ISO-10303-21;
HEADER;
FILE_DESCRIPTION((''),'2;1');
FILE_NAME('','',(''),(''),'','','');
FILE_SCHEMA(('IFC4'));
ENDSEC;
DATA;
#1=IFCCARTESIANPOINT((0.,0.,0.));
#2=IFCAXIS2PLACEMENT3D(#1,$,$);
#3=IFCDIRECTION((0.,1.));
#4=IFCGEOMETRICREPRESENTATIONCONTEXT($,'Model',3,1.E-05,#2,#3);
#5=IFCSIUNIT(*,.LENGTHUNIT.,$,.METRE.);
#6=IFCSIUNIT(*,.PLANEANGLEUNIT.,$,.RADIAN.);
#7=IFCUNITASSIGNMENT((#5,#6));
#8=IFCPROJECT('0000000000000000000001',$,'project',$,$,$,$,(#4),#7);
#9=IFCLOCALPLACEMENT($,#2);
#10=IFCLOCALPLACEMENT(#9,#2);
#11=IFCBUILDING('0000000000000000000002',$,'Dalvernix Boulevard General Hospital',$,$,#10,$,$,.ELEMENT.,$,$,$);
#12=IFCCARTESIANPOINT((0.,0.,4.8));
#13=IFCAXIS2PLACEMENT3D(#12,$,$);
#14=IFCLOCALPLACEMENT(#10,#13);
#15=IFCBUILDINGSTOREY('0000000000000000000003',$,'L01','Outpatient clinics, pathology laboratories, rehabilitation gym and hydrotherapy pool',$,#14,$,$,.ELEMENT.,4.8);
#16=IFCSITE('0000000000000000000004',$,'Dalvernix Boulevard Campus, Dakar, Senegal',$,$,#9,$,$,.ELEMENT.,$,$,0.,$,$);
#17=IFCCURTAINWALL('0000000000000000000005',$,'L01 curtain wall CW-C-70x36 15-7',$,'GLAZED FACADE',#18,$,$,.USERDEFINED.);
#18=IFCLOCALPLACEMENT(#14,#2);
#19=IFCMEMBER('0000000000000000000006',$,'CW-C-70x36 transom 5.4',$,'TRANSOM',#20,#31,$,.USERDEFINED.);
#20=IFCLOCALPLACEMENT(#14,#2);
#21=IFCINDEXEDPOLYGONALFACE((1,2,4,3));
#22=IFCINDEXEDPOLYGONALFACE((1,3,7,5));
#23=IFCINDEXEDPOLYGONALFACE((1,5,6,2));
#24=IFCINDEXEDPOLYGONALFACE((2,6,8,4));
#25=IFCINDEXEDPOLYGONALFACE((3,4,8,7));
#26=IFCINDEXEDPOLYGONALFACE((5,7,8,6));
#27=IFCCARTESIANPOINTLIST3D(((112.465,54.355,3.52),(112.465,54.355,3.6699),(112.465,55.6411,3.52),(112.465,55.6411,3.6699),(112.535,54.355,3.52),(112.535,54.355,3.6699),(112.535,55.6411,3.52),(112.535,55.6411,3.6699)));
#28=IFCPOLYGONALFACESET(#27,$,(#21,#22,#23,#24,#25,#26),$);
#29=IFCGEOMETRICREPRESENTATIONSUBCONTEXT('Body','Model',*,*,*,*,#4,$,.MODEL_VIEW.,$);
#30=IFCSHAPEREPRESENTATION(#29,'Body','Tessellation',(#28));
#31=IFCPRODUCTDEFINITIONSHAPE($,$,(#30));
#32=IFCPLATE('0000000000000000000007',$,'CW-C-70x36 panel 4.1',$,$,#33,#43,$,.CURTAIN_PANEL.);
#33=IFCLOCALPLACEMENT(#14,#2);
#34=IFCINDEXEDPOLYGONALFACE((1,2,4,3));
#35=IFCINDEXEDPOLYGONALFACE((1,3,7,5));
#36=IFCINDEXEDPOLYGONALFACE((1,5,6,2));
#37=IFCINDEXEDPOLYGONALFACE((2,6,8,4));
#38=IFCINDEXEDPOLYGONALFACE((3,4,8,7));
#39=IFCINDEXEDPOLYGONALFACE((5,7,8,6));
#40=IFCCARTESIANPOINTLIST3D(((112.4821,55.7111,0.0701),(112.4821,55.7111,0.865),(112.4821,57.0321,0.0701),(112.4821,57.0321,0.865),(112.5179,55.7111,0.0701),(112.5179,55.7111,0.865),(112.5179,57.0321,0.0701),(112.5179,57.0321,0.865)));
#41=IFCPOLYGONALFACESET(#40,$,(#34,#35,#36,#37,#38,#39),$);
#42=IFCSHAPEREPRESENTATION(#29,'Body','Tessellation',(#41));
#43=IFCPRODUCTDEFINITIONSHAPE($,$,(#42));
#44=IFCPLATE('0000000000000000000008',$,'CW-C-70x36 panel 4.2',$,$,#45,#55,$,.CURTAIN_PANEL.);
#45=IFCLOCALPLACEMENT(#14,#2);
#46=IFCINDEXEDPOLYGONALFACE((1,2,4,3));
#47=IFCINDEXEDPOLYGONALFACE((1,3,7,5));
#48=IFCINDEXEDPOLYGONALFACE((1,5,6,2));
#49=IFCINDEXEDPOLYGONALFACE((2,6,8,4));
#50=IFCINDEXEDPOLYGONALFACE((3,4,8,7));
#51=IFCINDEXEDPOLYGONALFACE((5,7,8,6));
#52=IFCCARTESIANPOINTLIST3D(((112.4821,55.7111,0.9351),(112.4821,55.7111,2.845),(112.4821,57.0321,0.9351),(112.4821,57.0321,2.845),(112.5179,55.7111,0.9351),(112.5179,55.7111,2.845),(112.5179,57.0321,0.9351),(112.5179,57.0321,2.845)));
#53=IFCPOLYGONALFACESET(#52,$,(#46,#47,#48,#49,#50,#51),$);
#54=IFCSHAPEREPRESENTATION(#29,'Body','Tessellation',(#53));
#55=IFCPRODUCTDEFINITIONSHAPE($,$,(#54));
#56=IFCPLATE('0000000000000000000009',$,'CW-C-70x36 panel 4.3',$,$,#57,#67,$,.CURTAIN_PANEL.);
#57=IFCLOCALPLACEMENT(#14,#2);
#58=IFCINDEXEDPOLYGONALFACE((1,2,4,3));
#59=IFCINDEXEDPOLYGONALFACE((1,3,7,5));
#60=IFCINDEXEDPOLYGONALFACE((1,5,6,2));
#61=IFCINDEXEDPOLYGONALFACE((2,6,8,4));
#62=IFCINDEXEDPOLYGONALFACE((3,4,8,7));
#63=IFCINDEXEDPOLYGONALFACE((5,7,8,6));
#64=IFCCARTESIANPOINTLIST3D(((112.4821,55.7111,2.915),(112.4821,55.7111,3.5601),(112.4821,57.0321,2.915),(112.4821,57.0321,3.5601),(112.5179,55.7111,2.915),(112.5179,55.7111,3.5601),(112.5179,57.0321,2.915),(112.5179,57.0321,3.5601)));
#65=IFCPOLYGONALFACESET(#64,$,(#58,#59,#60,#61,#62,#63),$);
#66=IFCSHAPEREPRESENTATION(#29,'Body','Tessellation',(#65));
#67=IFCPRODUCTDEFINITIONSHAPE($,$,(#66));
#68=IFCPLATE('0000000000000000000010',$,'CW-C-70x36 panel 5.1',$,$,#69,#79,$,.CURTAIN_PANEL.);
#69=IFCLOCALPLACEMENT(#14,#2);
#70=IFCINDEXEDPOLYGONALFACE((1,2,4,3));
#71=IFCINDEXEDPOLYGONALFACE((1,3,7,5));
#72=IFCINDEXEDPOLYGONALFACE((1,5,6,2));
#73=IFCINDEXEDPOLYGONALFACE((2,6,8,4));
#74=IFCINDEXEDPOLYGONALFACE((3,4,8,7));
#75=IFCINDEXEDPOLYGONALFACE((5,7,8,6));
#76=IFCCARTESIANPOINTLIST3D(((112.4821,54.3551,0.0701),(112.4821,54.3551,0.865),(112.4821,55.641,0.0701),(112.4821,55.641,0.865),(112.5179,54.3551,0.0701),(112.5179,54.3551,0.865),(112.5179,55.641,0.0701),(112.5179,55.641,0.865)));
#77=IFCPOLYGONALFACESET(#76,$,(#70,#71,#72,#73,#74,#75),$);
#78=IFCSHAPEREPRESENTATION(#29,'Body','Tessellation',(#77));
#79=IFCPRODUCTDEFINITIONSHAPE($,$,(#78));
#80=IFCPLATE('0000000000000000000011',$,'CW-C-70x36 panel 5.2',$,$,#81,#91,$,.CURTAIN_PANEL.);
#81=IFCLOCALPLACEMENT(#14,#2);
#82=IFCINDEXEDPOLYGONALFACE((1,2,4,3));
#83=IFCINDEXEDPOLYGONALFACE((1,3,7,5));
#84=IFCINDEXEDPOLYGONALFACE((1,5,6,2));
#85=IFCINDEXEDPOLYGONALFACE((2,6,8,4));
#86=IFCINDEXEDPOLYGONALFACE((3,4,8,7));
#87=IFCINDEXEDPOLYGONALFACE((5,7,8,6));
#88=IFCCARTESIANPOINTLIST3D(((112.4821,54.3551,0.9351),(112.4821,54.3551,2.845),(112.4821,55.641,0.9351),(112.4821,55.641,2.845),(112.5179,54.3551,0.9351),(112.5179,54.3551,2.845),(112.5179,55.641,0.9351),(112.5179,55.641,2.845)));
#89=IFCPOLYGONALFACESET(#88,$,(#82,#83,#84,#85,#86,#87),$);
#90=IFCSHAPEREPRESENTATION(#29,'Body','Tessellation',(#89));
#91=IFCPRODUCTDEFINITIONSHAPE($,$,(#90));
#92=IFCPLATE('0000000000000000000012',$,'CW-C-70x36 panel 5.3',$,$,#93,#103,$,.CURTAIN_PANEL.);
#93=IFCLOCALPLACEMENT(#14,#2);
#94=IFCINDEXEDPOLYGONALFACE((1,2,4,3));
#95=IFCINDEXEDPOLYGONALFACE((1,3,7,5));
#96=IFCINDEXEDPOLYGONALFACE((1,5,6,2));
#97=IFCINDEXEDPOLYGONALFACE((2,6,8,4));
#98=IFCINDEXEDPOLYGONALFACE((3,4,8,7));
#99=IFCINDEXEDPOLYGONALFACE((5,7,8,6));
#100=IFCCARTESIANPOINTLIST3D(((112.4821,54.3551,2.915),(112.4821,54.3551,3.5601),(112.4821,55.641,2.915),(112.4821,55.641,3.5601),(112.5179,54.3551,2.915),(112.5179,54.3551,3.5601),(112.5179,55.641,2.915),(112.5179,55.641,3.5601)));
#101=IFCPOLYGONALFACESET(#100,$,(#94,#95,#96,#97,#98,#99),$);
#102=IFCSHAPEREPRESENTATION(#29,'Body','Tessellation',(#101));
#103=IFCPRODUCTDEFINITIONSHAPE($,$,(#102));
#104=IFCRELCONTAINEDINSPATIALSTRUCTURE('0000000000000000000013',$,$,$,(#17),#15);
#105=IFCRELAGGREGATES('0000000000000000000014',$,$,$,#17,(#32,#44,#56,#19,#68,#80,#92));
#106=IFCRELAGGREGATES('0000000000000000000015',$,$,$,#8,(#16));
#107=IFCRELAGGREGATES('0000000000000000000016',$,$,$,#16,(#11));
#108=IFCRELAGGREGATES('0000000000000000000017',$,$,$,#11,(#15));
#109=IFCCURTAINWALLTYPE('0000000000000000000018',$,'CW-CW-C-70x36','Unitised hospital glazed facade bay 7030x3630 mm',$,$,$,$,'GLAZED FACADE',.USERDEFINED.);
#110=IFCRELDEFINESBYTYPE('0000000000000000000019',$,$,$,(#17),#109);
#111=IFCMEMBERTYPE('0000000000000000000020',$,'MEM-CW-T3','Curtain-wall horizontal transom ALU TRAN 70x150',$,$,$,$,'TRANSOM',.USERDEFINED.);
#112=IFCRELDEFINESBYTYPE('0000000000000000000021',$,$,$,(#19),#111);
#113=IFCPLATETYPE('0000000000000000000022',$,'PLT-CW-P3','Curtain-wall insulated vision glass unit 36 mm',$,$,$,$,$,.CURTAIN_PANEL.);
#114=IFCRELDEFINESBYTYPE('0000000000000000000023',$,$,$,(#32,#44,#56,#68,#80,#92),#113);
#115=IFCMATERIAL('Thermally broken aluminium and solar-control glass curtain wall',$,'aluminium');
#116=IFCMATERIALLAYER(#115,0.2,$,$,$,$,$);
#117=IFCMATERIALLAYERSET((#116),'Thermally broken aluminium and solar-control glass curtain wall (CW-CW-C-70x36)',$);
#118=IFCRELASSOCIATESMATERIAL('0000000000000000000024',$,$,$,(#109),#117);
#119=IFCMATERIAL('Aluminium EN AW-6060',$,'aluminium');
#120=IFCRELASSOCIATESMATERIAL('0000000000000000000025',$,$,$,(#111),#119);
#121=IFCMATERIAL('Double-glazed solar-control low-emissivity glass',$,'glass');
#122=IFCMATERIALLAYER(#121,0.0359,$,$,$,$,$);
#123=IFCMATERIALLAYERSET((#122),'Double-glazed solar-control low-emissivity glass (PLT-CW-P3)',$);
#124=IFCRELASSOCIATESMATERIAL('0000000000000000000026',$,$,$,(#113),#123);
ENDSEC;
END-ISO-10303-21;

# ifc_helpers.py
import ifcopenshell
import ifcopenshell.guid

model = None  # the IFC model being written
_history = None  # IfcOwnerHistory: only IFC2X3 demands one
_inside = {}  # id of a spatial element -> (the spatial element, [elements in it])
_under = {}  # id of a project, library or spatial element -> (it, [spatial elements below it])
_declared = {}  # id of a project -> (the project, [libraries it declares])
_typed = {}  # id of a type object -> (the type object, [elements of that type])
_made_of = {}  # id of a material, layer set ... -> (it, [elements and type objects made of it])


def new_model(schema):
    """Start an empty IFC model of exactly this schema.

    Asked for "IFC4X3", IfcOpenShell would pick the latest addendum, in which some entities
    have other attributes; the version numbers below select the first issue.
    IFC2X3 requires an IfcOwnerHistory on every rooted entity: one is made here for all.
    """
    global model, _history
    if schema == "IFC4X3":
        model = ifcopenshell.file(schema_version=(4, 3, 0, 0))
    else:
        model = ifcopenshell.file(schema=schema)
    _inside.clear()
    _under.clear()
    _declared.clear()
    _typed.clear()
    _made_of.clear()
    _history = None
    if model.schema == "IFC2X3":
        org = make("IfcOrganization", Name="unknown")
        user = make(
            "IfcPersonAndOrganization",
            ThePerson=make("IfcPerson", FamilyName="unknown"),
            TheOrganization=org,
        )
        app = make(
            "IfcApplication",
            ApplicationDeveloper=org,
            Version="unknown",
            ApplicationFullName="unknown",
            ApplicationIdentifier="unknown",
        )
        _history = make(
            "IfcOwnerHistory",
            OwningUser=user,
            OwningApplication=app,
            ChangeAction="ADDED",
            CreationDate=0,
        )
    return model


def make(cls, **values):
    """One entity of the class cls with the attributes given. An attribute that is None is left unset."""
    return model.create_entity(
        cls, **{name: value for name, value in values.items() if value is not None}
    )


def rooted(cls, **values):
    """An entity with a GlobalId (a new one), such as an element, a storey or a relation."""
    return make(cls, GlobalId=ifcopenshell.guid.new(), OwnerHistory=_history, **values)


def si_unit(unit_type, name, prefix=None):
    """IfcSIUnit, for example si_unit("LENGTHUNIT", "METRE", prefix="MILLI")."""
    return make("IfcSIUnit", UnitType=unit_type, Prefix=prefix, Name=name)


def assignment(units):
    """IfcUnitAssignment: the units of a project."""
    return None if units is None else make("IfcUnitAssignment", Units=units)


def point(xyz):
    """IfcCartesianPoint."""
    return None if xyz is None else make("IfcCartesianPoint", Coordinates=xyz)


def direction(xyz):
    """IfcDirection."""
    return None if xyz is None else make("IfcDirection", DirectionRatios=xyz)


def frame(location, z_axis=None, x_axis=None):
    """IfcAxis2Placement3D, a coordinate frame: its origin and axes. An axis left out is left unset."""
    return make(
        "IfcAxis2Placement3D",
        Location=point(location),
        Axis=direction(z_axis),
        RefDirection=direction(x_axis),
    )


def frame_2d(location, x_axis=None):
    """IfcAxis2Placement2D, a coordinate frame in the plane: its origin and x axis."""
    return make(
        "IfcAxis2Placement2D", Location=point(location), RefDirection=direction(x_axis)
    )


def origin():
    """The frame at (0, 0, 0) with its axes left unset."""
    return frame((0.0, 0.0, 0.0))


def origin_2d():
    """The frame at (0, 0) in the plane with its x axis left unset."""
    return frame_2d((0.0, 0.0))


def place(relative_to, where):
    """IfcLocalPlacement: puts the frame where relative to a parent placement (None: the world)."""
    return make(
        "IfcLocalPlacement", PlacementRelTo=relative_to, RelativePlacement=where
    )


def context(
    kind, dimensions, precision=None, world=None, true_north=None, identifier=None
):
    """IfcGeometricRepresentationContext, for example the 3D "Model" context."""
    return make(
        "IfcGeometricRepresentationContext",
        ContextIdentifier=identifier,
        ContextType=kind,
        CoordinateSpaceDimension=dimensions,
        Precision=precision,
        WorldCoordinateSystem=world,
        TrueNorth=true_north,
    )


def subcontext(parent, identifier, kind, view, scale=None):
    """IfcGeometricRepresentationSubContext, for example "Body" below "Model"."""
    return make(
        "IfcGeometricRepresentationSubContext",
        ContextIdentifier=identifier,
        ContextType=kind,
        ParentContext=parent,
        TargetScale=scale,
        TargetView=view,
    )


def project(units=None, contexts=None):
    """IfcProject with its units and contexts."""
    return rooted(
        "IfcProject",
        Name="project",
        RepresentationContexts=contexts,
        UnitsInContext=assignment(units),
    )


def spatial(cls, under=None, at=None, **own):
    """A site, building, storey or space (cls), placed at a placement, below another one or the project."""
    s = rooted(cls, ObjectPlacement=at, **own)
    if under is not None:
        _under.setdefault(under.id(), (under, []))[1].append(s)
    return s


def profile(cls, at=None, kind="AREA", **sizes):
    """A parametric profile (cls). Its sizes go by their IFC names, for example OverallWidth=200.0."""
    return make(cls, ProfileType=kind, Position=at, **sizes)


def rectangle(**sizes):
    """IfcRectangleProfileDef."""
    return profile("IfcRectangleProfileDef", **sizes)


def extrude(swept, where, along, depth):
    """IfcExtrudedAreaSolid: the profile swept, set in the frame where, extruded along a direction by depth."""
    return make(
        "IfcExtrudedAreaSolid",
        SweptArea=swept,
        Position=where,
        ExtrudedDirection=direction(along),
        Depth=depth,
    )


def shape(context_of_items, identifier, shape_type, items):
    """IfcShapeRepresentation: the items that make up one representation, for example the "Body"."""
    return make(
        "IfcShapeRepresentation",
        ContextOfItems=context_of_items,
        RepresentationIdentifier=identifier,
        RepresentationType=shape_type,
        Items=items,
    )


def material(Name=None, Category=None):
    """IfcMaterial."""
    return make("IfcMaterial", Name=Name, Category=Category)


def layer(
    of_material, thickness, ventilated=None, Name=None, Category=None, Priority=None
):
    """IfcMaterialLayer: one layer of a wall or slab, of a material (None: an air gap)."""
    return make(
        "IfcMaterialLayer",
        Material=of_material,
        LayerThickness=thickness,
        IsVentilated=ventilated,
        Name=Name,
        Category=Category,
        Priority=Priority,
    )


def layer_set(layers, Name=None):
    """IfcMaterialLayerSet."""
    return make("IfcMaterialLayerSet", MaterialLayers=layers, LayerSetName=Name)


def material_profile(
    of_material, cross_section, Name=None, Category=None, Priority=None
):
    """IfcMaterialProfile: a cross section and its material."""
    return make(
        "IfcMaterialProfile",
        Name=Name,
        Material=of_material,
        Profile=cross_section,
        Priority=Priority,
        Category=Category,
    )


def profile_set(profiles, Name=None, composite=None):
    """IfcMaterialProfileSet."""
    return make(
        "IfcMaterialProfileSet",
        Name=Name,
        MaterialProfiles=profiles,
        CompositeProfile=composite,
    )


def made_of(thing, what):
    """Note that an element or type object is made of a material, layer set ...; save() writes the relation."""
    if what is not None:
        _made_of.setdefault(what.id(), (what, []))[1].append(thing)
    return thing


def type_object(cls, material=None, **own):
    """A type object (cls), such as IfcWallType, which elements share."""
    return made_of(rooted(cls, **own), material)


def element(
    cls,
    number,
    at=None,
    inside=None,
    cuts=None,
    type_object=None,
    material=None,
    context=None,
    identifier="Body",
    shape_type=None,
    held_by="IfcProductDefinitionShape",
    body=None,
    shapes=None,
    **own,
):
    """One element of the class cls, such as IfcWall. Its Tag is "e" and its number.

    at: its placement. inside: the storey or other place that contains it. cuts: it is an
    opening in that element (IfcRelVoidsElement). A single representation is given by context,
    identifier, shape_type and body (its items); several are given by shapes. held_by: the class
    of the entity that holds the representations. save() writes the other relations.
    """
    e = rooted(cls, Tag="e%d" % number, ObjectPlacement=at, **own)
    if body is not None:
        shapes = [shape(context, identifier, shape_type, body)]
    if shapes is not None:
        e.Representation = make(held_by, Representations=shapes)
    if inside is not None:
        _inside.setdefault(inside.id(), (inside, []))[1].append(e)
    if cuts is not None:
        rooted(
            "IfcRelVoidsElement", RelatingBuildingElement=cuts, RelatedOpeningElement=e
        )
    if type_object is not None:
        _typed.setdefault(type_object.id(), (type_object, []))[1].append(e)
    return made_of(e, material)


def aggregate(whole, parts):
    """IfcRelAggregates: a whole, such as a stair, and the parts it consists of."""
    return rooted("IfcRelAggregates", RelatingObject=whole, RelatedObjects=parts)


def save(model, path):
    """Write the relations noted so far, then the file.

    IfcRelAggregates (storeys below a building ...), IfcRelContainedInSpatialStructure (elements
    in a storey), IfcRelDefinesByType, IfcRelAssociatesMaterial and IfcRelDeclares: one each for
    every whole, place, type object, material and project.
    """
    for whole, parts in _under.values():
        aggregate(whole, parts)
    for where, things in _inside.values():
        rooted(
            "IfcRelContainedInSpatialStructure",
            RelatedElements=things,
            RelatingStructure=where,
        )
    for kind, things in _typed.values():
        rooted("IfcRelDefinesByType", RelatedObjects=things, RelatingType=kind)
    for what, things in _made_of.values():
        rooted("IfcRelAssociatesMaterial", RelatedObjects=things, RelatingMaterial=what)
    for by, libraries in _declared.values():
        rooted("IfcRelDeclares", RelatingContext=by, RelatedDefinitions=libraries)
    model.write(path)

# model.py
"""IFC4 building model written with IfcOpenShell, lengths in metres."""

from ifc_helpers import new_model, si_unit, direction, frame, origin, origin_2d, place, context, subcontext, project, spatial, rectangle, extrude, material, layer, layer_set, material_profile, profile_set, type_object, element, aggregate, save


model = new_model("IFC4")

# Units and contexts
model_context = context("Model", 3, precision=1e-05, world=origin(), true_north=direction((0.0, 1.0)))
body_context = subcontext(model_context, "Body", "Model", "MODEL_VIEW")
ifc_project = project(units=[si_unit("LENGTHUNIT", "METRE"), si_unit("PLANEANGLEUNIT", "RADIAN")], contexts=[model_context])

# Site, building, storey
site_placement = place(None, origin())
site = spatial("IfcSite", under=ifc_project, at=site_placement, Name="Dalvernix Boulevard Campus, Dakar, Senegal", CompositionType="ELEMENT", RefElevation=0.0)
building_placement = place(site_placement, origin())
building = spatial("IfcBuilding", under=site, at=building_placement, Name="Dalvernix Boulevard General Hospital", CompositionType="ELEMENT")
storey_placement = place(building_placement, frame((0.0, 0.0, 4.8)))
storey = spatial("IfcBuildingStorey", under=building, at=storey_placement, Name="L01", Description="Outpatient clinics, pathology laboratories, rehabilitation gym and hydrotherapy pool", CompositionType="ELEMENT", Elevation=4.8)

# Shared definitions
ifc_material_1 = material(Name="Thermally broken aluminium and solar-control glass curtain wall", Category="aluminium")
ifc_material_2 = material(Name="Aluminium EN AW-6060", Category="aluminium")

# Curtain wall
ifc_layer_1 = layer(ifc_material_1, 0.2)
ifc_layer_set_1 = layer_set([ifc_layer_1], Name="Thermally broken aluminium and solar-control glass curtain wall (CW-CW-C-70x36)")
curtain_wall_type_1 = type_object("IfcCurtainWallType", Name="CW-CW-C-70x36", Description="Unitised hospital glazed facade bay 7030x3630 mm", ElementType="GLAZED FACADE", PredefinedType="USERDEFINED", material=ifc_layer_set_1)
curtain_wall_1_placement = place(storey_placement, origin())
curtain_wall_1 = element("IfcCurtainWall", 1, at=curtain_wall_1_placement, inside=storey, type_object=curtain_wall_type_1, Name="L01 curtain wall CW-C-70x36 15-7", ObjectType="GLAZED FACADE", PredefinedType="USERDEFINED")

# Member
ifc_material_profile_1 = material_profile(ifc_material_2, rectangle(XDim=0.0701, YDim=0.1499, at=origin_2d()), Name="ALU TRAN 70x150")
ifc_profile_set_1 = profile_set([ifc_material_profile_1], Name="Aluminium EN AW-6060")
member_type_1 = type_object("IfcMemberType", Name="MEM-CW-T3", Description="Curtain-wall horizontal transom ALU TRAN 70x150", ElementType="TRANSOM", PredefinedType="USERDEFINED", material=ifc_profile_set_1)
member_1_placement = place(storey_placement, frame((112.5, 55.6411, 3.595), z_axis=(0.0, -1.0, 0.0), x_axis=(1.0, 0.0, 0.0)))
member_1 = element("IfcMember", 2, at=member_1_placement, type_object=member_type_1, Name="CW-C-70x36 transom 5.4", ObjectType="TRANSOM", PredefinedType="USERDEFINED", context=body_context, shape_type="SweptSolid", body=[
    extrude(rectangle(XDim=0.0701, YDim=0.1499, at=origin_2d()), origin(), (0.0, 0.0, 1.0), 1.2861),
])

# Plates
ifc_material_3 = material(Name="Double-glazed solar-control low-emissivity glass", Category="glass")
ifc_layer_2 = layer(ifc_material_3, 0.0359)
ifc_layer_set_2 = layer_set([ifc_layer_2], Name="Double-glazed solar-control low-emissivity glass (PLT-CW-P3)")
plate_type = type_object("IfcPlateType", Name="PLT-CW-P3", Description="Curtain-wall insulated vision glass unit 36 mm", PredefinedType="CURTAIN_PANEL", material=ifc_layer_set_2)
plate_1_placement = place(storey_placement, frame((112.5, 56.3716, 0.0701), z_axis=(0.0, 0.0, 1.0), x_axis=(0.0, -1.0, 0.0)))
plate_1 = element("IfcPlate", 3, at=plate_1_placement, type_object=plate_type, Name="CW-C-70x36 panel 4.1", PredefinedType="CURTAIN_PANEL", context=body_context, shape_type="SweptSolid", body=[
    extrude(rectangle(XDim=1.321, YDim=0.0359, at=origin_2d()), origin(), (0.0, 0.0, 1.0), 0.7949),
])
plate_2_placement = place(storey_placement, frame((112.5, 56.3716, 0.9351), z_axis=(0.0, 0.0, 1.0), x_axis=(0.0, -1.0, 0.0)))
plate_2 = element("IfcPlate", 4, at=plate_2_placement, type_object=plate_type, Name="CW-C-70x36 panel 4.2", PredefinedType="CURTAIN_PANEL", context=body_context, shape_type="SweptSolid", body=[
    extrude(rectangle(XDim=1.321, YDim=0.0359, at=origin_2d()), origin(), (0.0, 0.0, 1.0), 1.9099),
])
plate_3_placement = place(storey_placement, frame((112.5, 56.3716, 2.915), z_axis=(0.0, 0.0, 1.0), x_axis=(0.0, -1.0, 0.0)))
plate_3 = element("IfcPlate", 5, at=plate_3_placement, type_object=plate_type, Name="CW-C-70x36 panel 4.3", PredefinedType="CURTAIN_PANEL", context=body_context, shape_type="SweptSolid", body=[
    extrude(rectangle(XDim=1.321, YDim=0.0359, at=origin_2d()), origin(), (0.0, 0.0, 1.0), 0.645),
])
plate_4_placement = place(storey_placement, frame((112.5, 54.998, 0.0701), z_axis=(0.0, 0.0, 1.0), x_axis=(0.0, -1.0, 0.0)))
plate_4 = element("IfcPlate", 6, at=plate_4_placement, type_object=plate_type, Name="CW-C-70x36 panel 5.1", PredefinedType="CURTAIN_PANEL", context=body_context, shape_type="SweptSolid", body=[
    extrude(rectangle(XDim=1.2859, YDim=0.0359, at=origin_2d()), origin(), (0.0, 0.0, 1.0), 0.7949),
])
plate_5_placement = place(storey_placement, frame((112.5, 54.998, 0.9351), z_axis=(0.0, 0.0, 1.0), x_axis=(0.0, -1.0, 0.0)))
plate_5 = element("IfcPlate", 7, at=plate_5_placement, type_object=plate_type, Name="CW-C-70x36 panel 5.2", PredefinedType="CURTAIN_PANEL", context=body_context, shape_type="SweptSolid", body=[
    extrude(rectangle(XDim=1.2859, YDim=0.0359, at=origin_2d()), origin(), (0.0, 0.0, 1.0), 1.9099),
])
plate_6_placement = place(storey_placement, frame((112.5, 54.998, 2.915), z_axis=(0.0, 0.0, 1.0), x_axis=(0.0, -1.0, 0.0)))
plate_6 = element("IfcPlate", 8, at=plate_6_placement, type_object=plate_type, Name="CW-C-70x36 panel 5.3", PredefinedType="CURTAIN_PANEL", context=body_context, shape_type="SweptSolid", body=[
    extrude(rectangle(XDim=1.2859, YDim=0.0359, at=origin_2d()), origin(), (0.0, 0.0, 1.0), 0.645),
])
aggregate(curtain_wall_1, [plate_1, plate_2, plate_3, member_1, plate_4, plate_5, plate_6])

save(model, "model.ifc")
